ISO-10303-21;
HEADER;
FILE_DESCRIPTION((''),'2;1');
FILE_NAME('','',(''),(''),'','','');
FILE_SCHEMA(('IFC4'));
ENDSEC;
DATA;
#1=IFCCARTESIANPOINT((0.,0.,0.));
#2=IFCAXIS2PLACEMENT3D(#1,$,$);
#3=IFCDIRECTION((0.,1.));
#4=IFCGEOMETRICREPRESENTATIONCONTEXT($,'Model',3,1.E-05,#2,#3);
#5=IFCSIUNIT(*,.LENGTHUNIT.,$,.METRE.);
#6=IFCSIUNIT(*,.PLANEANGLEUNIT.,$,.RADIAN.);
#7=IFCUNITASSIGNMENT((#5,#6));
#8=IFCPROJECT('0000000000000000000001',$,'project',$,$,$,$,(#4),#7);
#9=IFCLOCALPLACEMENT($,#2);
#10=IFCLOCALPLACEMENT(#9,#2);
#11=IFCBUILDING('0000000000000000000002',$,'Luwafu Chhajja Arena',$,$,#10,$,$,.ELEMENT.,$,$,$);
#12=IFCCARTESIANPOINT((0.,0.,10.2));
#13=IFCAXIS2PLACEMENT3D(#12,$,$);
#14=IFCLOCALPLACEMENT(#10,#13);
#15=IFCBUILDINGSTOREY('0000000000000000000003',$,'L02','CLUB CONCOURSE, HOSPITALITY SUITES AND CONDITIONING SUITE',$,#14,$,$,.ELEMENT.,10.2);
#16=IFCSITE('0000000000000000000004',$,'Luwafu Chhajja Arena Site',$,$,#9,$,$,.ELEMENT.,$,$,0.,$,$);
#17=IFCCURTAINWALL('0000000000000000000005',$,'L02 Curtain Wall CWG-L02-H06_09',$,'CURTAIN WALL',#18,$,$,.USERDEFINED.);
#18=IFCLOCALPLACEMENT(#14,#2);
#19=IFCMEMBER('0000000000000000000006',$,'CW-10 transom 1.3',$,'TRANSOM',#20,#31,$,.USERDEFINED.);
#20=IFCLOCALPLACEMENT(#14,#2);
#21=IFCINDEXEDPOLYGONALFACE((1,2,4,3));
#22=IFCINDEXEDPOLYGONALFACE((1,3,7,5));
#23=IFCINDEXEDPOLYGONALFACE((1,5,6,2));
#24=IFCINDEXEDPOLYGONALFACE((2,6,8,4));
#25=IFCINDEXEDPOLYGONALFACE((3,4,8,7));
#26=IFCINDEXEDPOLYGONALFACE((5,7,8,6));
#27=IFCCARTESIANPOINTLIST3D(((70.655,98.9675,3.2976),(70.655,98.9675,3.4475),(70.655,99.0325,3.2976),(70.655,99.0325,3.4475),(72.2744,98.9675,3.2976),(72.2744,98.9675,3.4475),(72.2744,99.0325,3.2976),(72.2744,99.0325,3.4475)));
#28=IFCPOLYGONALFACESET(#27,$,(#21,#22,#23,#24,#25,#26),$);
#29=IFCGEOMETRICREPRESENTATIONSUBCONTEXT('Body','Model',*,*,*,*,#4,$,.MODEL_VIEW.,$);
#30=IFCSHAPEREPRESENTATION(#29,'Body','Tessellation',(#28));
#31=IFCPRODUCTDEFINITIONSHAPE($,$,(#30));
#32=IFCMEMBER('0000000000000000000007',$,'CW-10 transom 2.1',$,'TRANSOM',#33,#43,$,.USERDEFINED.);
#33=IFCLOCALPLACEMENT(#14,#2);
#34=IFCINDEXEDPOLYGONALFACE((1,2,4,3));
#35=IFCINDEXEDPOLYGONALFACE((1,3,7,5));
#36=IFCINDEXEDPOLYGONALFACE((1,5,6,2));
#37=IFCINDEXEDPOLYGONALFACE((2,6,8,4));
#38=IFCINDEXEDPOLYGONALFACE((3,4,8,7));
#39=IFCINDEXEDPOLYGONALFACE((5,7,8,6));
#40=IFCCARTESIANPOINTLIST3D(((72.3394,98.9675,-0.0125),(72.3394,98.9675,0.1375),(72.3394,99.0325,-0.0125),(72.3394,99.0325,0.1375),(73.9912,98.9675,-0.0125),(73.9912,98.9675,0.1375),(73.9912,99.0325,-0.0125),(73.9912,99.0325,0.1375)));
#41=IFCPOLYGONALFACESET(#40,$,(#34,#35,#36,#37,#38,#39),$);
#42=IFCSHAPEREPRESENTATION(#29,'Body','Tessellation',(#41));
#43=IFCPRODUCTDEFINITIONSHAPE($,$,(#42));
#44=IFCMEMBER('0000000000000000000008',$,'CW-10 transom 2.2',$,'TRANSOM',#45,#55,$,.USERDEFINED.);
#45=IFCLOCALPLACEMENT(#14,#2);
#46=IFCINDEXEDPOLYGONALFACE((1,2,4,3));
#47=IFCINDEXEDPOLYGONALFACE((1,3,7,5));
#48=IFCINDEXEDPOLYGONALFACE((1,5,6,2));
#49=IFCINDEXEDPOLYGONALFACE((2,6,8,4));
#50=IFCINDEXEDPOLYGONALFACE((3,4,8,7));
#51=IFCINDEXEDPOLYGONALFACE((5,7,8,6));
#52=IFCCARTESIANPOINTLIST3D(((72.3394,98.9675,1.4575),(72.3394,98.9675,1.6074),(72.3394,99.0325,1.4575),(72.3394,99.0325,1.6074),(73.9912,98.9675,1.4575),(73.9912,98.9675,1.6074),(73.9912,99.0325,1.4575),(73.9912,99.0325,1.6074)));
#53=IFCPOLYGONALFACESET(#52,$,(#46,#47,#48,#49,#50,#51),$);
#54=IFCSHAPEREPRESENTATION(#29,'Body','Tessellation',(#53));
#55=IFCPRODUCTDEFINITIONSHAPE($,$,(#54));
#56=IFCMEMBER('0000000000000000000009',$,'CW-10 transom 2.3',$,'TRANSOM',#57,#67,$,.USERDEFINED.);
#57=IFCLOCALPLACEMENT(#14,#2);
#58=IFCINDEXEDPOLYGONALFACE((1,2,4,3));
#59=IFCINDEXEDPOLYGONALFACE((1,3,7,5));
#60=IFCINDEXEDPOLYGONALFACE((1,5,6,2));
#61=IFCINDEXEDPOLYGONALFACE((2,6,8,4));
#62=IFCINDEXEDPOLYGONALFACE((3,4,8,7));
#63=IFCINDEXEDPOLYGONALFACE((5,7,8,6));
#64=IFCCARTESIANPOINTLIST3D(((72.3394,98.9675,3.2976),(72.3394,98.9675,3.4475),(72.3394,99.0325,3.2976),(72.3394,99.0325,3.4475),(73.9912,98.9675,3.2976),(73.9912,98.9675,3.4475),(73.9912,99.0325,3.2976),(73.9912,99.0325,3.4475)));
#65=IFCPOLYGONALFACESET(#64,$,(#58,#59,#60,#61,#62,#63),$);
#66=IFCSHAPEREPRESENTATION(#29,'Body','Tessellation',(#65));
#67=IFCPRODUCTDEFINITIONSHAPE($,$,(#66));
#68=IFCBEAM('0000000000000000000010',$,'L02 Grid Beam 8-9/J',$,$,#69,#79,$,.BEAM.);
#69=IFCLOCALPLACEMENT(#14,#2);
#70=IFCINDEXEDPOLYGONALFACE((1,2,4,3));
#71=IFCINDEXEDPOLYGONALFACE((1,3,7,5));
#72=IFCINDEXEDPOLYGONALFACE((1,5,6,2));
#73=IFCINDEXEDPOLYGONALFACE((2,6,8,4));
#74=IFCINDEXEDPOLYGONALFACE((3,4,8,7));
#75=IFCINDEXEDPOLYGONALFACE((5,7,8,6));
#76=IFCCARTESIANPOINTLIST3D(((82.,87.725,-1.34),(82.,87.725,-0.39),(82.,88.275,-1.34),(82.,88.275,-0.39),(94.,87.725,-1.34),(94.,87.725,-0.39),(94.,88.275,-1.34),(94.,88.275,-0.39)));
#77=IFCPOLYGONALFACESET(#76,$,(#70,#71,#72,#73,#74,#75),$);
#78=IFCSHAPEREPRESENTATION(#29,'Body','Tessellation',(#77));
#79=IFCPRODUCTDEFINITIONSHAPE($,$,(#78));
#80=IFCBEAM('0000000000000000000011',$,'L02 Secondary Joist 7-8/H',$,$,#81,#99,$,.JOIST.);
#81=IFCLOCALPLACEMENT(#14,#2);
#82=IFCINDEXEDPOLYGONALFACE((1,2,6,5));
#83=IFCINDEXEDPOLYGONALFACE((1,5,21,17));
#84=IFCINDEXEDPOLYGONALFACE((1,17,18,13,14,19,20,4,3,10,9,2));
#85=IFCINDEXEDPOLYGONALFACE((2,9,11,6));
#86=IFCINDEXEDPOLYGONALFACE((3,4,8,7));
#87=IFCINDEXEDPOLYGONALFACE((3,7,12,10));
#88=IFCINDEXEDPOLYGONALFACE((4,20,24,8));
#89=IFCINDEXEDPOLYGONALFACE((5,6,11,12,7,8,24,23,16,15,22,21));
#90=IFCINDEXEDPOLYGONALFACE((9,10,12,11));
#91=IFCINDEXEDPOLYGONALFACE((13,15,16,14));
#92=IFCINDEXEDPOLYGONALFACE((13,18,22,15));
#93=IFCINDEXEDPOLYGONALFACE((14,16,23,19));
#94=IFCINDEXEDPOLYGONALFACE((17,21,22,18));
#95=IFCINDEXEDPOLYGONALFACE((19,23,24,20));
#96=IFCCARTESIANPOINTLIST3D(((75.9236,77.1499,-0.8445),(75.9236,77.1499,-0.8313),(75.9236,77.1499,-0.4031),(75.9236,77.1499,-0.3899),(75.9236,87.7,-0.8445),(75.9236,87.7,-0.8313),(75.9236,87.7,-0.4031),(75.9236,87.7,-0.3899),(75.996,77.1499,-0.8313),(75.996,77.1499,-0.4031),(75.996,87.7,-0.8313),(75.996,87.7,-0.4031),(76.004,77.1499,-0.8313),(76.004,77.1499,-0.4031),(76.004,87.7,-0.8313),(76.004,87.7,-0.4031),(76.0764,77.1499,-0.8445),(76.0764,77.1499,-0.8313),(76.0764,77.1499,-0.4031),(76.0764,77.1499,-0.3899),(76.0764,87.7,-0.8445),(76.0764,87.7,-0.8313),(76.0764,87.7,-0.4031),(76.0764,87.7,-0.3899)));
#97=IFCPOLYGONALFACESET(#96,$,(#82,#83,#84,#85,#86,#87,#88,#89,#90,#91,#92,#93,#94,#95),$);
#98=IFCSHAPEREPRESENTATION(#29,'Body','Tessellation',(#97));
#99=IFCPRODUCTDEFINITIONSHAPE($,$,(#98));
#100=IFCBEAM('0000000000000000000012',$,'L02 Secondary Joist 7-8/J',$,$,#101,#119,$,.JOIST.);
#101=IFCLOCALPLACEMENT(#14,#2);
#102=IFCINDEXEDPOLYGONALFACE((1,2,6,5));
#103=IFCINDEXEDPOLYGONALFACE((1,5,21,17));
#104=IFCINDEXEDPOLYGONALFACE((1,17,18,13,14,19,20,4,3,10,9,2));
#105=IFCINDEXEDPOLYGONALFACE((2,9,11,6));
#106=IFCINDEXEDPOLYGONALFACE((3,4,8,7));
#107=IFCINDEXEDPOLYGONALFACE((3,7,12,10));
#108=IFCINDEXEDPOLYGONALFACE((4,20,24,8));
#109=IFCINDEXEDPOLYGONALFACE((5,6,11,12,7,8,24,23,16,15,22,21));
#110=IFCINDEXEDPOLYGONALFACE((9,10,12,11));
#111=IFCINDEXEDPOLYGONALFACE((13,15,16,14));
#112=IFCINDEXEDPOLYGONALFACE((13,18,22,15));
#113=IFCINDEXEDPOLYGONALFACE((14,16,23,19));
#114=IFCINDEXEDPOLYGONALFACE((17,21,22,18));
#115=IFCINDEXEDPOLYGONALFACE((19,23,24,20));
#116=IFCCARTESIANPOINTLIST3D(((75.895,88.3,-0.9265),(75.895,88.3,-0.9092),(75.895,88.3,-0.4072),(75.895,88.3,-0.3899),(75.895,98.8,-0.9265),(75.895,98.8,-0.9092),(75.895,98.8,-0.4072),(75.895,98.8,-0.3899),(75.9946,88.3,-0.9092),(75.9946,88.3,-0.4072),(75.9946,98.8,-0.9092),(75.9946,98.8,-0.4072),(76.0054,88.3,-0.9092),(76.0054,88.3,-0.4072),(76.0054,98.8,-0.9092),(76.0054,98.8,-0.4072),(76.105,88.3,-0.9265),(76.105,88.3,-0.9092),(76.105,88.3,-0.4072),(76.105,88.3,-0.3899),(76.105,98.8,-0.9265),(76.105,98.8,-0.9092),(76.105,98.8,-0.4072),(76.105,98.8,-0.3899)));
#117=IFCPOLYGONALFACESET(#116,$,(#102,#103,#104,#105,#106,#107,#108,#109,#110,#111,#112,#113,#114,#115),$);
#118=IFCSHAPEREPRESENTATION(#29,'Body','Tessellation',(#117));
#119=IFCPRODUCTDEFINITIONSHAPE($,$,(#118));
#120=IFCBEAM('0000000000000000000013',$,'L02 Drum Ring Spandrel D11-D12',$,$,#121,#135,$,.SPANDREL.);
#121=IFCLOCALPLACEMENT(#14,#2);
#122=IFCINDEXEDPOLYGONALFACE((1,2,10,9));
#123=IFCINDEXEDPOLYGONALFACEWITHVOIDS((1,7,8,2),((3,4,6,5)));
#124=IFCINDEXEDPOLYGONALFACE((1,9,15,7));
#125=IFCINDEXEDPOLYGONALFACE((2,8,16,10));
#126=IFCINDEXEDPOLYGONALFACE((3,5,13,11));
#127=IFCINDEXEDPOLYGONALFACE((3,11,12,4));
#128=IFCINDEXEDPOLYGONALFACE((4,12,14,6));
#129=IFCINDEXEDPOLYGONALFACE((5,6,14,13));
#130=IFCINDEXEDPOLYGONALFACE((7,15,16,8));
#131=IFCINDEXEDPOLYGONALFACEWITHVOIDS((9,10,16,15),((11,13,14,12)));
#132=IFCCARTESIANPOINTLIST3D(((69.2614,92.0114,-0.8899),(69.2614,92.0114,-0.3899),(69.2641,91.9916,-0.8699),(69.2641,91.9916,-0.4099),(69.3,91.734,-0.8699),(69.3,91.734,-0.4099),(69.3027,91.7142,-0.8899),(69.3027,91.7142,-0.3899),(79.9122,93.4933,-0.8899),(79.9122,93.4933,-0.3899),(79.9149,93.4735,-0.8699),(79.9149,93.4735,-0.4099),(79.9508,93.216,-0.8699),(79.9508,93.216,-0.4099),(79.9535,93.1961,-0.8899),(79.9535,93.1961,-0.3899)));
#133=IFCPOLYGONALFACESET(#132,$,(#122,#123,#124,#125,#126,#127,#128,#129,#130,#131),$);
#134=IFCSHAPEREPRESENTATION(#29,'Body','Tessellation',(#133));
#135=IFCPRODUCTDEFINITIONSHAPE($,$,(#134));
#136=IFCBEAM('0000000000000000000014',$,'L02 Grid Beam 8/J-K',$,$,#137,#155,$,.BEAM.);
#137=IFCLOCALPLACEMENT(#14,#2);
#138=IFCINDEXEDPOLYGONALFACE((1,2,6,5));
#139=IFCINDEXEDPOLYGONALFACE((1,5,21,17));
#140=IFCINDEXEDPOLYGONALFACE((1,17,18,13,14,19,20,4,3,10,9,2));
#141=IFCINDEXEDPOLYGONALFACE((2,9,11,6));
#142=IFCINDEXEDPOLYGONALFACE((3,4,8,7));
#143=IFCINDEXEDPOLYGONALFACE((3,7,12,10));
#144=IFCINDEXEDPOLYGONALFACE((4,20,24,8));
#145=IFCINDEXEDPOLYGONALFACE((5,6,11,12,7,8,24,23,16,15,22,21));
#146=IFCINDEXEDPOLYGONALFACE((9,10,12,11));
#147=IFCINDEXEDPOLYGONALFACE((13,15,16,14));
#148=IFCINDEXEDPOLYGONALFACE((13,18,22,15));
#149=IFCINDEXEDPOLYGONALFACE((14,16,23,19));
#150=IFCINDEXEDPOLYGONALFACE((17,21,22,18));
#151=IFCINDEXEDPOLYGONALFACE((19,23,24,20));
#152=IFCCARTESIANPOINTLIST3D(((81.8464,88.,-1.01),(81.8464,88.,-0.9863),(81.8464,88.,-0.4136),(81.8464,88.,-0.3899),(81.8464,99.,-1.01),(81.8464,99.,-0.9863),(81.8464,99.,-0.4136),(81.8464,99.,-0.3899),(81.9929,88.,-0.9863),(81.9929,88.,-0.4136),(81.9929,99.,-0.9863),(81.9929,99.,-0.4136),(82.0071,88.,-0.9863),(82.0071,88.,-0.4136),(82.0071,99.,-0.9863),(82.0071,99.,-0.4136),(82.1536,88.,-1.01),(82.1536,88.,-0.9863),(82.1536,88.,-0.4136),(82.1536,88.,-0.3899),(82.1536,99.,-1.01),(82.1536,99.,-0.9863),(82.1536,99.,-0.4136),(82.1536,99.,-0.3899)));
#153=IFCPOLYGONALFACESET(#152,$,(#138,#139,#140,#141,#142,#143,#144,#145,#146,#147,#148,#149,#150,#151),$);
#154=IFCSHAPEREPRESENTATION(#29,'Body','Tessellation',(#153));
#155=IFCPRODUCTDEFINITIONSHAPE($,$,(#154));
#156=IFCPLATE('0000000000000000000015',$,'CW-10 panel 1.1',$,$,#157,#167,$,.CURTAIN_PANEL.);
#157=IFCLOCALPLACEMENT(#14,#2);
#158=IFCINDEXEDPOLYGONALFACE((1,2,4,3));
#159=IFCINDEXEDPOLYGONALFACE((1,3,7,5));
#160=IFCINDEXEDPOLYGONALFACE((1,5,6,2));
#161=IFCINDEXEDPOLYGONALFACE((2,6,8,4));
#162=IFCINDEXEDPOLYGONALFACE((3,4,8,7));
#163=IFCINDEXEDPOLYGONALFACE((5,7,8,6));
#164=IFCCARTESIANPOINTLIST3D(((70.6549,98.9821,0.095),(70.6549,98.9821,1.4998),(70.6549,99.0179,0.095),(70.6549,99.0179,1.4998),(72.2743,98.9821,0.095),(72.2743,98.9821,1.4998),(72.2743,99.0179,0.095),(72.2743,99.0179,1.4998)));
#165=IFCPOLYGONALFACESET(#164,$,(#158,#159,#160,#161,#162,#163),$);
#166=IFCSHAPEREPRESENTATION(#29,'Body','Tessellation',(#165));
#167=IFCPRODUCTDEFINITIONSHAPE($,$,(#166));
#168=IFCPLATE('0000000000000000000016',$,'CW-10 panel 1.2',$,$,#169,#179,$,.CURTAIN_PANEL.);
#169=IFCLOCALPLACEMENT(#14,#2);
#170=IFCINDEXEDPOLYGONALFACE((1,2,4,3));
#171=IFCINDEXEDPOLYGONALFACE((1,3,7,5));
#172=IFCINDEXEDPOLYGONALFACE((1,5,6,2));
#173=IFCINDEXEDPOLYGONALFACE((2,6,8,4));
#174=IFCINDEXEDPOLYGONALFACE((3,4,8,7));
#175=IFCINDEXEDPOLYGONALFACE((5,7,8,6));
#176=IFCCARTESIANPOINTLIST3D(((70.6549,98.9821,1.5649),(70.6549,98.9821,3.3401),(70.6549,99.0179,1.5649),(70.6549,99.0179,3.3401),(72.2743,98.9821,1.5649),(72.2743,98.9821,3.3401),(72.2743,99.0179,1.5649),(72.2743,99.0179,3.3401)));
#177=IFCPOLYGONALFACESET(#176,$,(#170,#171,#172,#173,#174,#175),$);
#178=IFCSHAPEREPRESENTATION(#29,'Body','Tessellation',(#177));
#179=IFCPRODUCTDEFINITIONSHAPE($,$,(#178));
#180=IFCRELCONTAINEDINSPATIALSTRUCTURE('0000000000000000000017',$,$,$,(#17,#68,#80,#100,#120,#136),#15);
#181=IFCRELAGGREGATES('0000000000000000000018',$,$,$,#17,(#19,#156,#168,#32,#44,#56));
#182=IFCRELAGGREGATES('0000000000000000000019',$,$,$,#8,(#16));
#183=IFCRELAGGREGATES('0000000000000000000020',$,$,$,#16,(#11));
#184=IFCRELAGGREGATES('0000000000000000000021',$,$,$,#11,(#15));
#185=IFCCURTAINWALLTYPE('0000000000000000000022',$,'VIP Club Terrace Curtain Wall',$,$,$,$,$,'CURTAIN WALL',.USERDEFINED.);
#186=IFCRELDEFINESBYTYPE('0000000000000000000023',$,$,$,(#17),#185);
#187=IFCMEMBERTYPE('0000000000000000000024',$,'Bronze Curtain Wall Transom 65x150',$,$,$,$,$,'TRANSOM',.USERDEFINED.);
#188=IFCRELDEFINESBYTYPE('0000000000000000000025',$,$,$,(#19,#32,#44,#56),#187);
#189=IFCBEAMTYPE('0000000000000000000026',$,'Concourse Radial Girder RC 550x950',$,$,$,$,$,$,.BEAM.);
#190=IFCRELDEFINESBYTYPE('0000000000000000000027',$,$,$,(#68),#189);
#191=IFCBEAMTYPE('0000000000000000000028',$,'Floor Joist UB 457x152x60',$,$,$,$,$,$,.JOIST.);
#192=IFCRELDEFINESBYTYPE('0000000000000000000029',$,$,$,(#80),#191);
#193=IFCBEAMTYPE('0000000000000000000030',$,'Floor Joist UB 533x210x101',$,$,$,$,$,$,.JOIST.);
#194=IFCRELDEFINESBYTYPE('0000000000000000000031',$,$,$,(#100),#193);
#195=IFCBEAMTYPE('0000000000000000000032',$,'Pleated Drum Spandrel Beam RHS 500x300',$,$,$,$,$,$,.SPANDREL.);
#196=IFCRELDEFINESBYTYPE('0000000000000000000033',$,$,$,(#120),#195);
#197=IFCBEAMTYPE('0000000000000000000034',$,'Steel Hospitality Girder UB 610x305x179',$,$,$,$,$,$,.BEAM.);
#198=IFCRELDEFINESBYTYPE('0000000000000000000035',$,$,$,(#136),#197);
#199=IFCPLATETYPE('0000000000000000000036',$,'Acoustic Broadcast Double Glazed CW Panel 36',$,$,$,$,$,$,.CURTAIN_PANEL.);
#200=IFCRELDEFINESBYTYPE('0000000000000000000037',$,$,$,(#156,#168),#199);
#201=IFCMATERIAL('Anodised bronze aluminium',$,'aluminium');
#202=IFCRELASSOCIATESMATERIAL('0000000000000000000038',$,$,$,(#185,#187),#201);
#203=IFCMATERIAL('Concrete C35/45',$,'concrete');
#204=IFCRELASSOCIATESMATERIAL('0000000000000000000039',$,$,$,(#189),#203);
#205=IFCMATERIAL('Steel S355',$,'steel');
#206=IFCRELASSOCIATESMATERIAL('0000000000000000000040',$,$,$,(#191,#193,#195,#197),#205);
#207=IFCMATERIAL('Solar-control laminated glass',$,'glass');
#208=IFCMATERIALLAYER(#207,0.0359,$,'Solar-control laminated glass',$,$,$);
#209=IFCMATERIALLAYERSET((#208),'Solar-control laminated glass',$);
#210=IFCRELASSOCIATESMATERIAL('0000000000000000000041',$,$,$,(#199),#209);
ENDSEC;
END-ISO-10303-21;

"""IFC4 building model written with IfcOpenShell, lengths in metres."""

from ifc_helpers import new_model, si_unit, direction, frame, origin, origin_2d, place, context, subcontext, project, spatial, rectangle, hollow_rectangle, i_section, extrude, material, layer, layer_set, material_profile, profile_set, type_object, element, aggregate, save


model = new_model("IFC4")

# Units and contexts
model_context = context("Model", 3, precision=1e-05, world=origin(), true_north=direction((0.0, 1.0)))
body_context = subcontext(model_context, "Body", "Model", "MODEL_VIEW")
ifc_project = project(units=[si_unit("LENGTHUNIT", "METRE"), si_unit("PLANEANGLEUNIT", "RADIAN")], contexts=[model_context])

# Site, building, storey
site_placement = place(None, origin())
site = spatial("IfcSite", under=ifc_project, at=site_placement, Name="Luwafu Chhajja Arena Site", CompositionType="ELEMENT", RefElevation=0.0)
building_placement = place(site_placement, origin())
building = spatial("IfcBuilding", under=site, at=building_placement, Name="Luwafu Chhajja Arena", CompositionType="ELEMENT")
storey_placement = place(building_placement, frame((0.0, 0.0, 10.2)))
storey = spatial("IfcBuildingStorey", under=building, at=storey_placement, Name="L02", Description="CLUB CONCOURSE, HOSPITALITY SUITES AND CONDITIONING SUITE", CompositionType="ELEMENT", Elevation=10.2)

# Shared definitions
ifc_material_1 = material(Name="Concrete C35/45", Category="concrete")
ifc_material_2 = material(Name="Steel S355", Category="steel")

# Curtain wall, members
ifc_material_3 = material(Name="Anodised bronze aluminium", Category="aluminium")
curtain_wall_type_1 = type_object("IfcCurtainWallType", Name="VIP Club Terrace Curtain Wall", ElementType="CURTAIN WALL", PredefinedType="USERDEFINED", material=ifc_material_3)
curtain_wall_1_placement = place(storey_placement, origin())
curtain_wall_1 = element("IfcCurtainWall", 1, at=curtain_wall_1_placement, inside=storey, type_object=curtain_wall_type_1, Name="L02 Curtain Wall CWG-L02-H06_09", ObjectType="CURTAIN WALL", PredefinedType="USERDEFINED")
ifc_material_profile_1 = material_profile(ifc_material_3, rectangle(XDim=0.0649, YDim=0.1499, at=origin_2d()), Name="CWT 65x150")
ifc_profile_set_1 = profile_set([ifc_material_profile_1], Name="Anodised bronze aluminium")
member_type_1 = type_object("IfcMemberType", Name="Bronze Curtain Wall Transom 65x150", ElementType="TRANSOM", PredefinedType="USERDEFINED", material=ifc_profile_set_1)
member_1_placement = place(storey_placement, frame((70.655, 99.0, 3.3726), z_axis=(1.0, 0.0, 0.0), x_axis=(0.0, 1.0, 0.0)))
member_1 = element("IfcMember", 2, at=member_1_placement, type_object=member_type_1, Name="CW-10 transom 1.3", ObjectType="TRANSOM", PredefinedType="USERDEFINED", context=body_context, shape_type="SweptSolid", body=[
    extrude(rectangle(XDim=0.0649, YDim=0.1499, at=origin_2d()), origin(), (0.0, 0.0, 1.0), 1.6194),
])
member_2_placement = place(storey_placement, frame((72.3394, 99.0, 0.0625), z_axis=(1.0, 0.0, 0.0), x_axis=(0.0, 1.0, 0.0)))
member_2 = element("IfcMember", 3, at=member_2_placement, type_object=member_type_1, Name="CW-10 transom 2.1", ObjectType="TRANSOM", PredefinedType="USERDEFINED", context=body_context, shape_type="SweptSolid", body=[
    extrude(rectangle(XDim=0.0649, YDim=0.1499, at=origin_2d()), origin(), (0.0, 0.0, 1.0), 1.6519),
])
member_3_placement = place(storey_placement, frame((72.3394, 99.0, 1.5325), z_axis=(1.0, 0.0, 0.0), x_axis=(0.0, 1.0, 0.0)))
member_3 = element("IfcMember", 4, at=member_3_placement, type_object=member_type_1, Name="CW-10 transom 2.2", ObjectType="TRANSOM", PredefinedType="USERDEFINED", context=body_context, shape_type="SweptSolid", body=[
    extrude(rectangle(XDim=0.0649, YDim=0.1499, at=origin_2d()), origin(), (0.0, 0.0, 1.0), 1.6519),
])
member_4_placement = place(storey_placement, frame((72.3394, 99.0, 3.3726), z_axis=(1.0, 0.0, 0.0), x_axis=(0.0, 1.0, 0.0)))
member_4 = element("IfcMember", 5, at=member_4_placement, type_object=member_type_1, Name="CW-10 transom 2.3", ObjectType="TRANSOM", PredefinedType="USERDEFINED", context=body_context, shape_type="SweptSolid", body=[
    extrude(rectangle(XDim=0.0649, YDim=0.1499, at=origin_2d()), origin(), (0.0, 0.0, 1.0), 1.6519),
])

# Beams
ifc_material_profile_2 = material_profile(ifc_material_1, rectangle(XDim=0.55, YDim=0.95, at=origin_2d()), Name="RC 550x950")
ifc_profile_set_2 = profile_set([ifc_material_profile_2], Name="Concrete C35/45")
beam_type_1 = type_object("IfcBeamType", Name="Concourse Radial Girder RC 550x950", PredefinedType="BEAM", material=ifc_profile_set_2)
beam_1_placement = place(storey_placement, frame((82.0, 88.0, -0.865), z_axis=(1.0, 0.0, 0.0), x_axis=(0.0, 1.0, 0.0)))
element("IfcBeam", 6, at=beam_1_placement, inside=storey, type_object=beam_type_1, Name="L02 Grid Beam 8-9/J", PredefinedType="BEAM", context=body_context, shape_type="SweptSolid", body=[
    extrude(rectangle(XDim=0.55, YDim=0.95, at=origin_2d()), origin(), (0.0, 0.0, 1.0), 12.0),
])
ifc_material_profile_3 = material_profile(ifc_material_2, i_section(OverallWidth=0.1528, OverallDepth=0.4546, WebThickness=0.0081, FlangeThickness=0.0132, at=origin_2d()), Name="UB 457x152x60")
ifc_profile_set_3 = profile_set([ifc_material_profile_3], Name="Steel S355")
beam_type_2 = type_object("IfcBeamType", Name="Floor Joist UB 457x152x60", PredefinedType="JOIST", material=ifc_profile_set_3)
beam_2_placement = place(storey_placement, frame((76.0, 77.1499, -0.6172), z_axis=(0.0, 1.0, 0.0), x_axis=(-1.0, 0.0, 0.0)))
element("IfcBeam", 7, at=beam_2_placement, inside=storey, type_object=beam_type_2, Name="L02 Secondary Joist 7-8/H", PredefinedType="JOIST", context=body_context, shape_type="SweptSolid", body=[
    extrude(i_section(OverallWidth=0.1528, OverallDepth=0.4546, WebThickness=0.0081, FlangeThickness=0.0132, at=origin_2d()), origin(), (0.0, 0.0, 1.0), 10.55),
])
ifc_material_profile_4 = material_profile(ifc_material_2, i_section(OverallWidth=0.21, OverallDepth=0.5366, WebThickness=0.0107, FlangeThickness=0.0173, at=origin_2d()), Name="UB 533x210x101")
ifc_profile_set_4 = profile_set([ifc_material_profile_4], Name="Steel S355")
beam_type_3 = type_object("IfcBeamType", Name="Floor Joist UB 533x210x101", PredefinedType="JOIST", material=ifc_profile_set_4)
beam_3_placement = place(storey_placement, frame((76.0, 88.3, -0.6582), z_axis=(0.0, 1.0, 0.0), x_axis=(-1.0, 0.0, 0.0)))
element("IfcBeam", 8, at=beam_3_placement, inside=storey, type_object=beam_type_3, Name="L02 Secondary Joist 7-8/J", PredefinedType="JOIST", context=body_context, shape_type="SweptSolid", body=[
    extrude(i_section(OverallWidth=0.21, OverallDepth=0.5366, WebThickness=0.0107, FlangeThickness=0.0173, at=origin_2d()), origin(), (0.0, 0.0, 1.0), 10.5),
])
ifc_material_profile_5 = material_profile(ifc_material_2, hollow_rectangle(XDim=0.3, YDim=0.5, WallThickness=0.02, at=origin_2d()), Name="RHS 500x300x20")
ifc_profile_set_5 = profile_set([ifc_material_profile_5], Name="Steel S355")
beam_type_4 = type_object("IfcBeamType", Name="Pleated Drum Spandrel Beam RHS 500x300", PredefinedType="SPANDREL", material=ifc_profile_set_5)
beam_4_placement = place(storey_placement, frame((79.9329, 93.3447, -0.6399), z_axis=(-0.990459, -0.13781, 0.0), x_axis=(0.13781, -0.990459, 0.0)))
element("IfcBeam", 9, at=beam_4_placement, inside=storey, type_object=beam_type_4, Name="L02 Drum Ring Spandrel D11-D12", PredefinedType="SPANDREL", context=body_context, shape_type="SweptSolid", body=[
    extrude(hollow_rectangle(XDim=0.3, YDim=0.5, WallThickness=0.02, at=origin_2d()), origin(), (0.0, 0.0, 1.0), 10.7534),
])
ifc_material_profile_6 = material_profile(ifc_material_2, i_section(OverallWidth=0.3071, OverallDepth=0.6201, WebThickness=0.0142, FlangeThickness=0.0237, at=origin_2d()), Name="UB 610x305x179")
ifc_profile_set_6 = profile_set([ifc_material_profile_6], Name="Steel S355")
beam_type_5 = type_object("IfcBeamType", Name="Steel Hospitality Girder UB 610x305x179", PredefinedType="BEAM", material=ifc_profile_set_6)
beam_5_placement = place(storey_placement, frame((82.0, 88.0, -0.7), z_axis=(0.0, 1.0, 0.0), x_axis=(-1.0, 0.0, 0.0)))
element("IfcBeam", 10, at=beam_5_placement, inside=storey, type_object=beam_type_5, Name="L02 Grid Beam 8/J-K", PredefinedType="BEAM", context=body_context, shape_type="SweptSolid", body=[
    extrude(i_section(OverallWidth=0.3071, OverallDepth=0.6201, WebThickness=0.0142, FlangeThickness=0.0237, at=origin_2d()), origin(), (0.0, 0.0, 1.0), 11.0),
])

# Plates
ifc_material_4 = material(Name="Solar-control laminated glass", Category="glass")
ifc_layer_1 = layer(ifc_material_4, 0.0359, Name="Solar-control laminated glass")
ifc_layer_set_1 = layer_set([ifc_layer_1], Name="Solar-control laminated glass")
plate_type_1 = type_object("IfcPlateType", Name="Acoustic Broadcast Double Glazed CW Panel 36", PredefinedType="CURTAIN_PANEL", material=ifc_layer_set_1)
plate_1_placement = place(storey_placement, frame((71.4646, 99.0, 0.095), z_axis=(0.0, 0.0, 1.0), x_axis=(1.0, 0.0, 0.0)))
plate_1 = element("IfcPlate", 11, at=plate_1_placement, type_object=plate_type_1, Name="CW-10 panel 1.1", PredefinedType="CURTAIN_PANEL", context=body_context, shape_type="SweptSolid", body=[
    extrude(rectangle(XDim=1.6194, YDim=0.0359, at=origin_2d()), origin(), (0.0, 0.0, 1.0), 1.4048),
])
plate_2_placement = place(storey_placement, frame((71.4646, 99.0, 1.5649), z_axis=(0.0, 0.0, 1.0), x_axis=(1.0, 0.0, 0.0)))
plate_2 = element("IfcPlate", 12, at=plate_2_placement, type_object=plate_type_1, Name="CW-10 panel 1.2", PredefinedType="CURTAIN_PANEL", context=body_context, shape_type="SweptSolid", body=[
    extrude(rectangle(XDim=1.6194, YDim=0.0359, at=origin_2d()), origin(), (0.0, 0.0, 1.0), 1.7751),
])
aggregate(curtain_wall_1, [member_1, plate_1, plate_2, member_2, member_3, member_4])

save(model, "model.ifc")
